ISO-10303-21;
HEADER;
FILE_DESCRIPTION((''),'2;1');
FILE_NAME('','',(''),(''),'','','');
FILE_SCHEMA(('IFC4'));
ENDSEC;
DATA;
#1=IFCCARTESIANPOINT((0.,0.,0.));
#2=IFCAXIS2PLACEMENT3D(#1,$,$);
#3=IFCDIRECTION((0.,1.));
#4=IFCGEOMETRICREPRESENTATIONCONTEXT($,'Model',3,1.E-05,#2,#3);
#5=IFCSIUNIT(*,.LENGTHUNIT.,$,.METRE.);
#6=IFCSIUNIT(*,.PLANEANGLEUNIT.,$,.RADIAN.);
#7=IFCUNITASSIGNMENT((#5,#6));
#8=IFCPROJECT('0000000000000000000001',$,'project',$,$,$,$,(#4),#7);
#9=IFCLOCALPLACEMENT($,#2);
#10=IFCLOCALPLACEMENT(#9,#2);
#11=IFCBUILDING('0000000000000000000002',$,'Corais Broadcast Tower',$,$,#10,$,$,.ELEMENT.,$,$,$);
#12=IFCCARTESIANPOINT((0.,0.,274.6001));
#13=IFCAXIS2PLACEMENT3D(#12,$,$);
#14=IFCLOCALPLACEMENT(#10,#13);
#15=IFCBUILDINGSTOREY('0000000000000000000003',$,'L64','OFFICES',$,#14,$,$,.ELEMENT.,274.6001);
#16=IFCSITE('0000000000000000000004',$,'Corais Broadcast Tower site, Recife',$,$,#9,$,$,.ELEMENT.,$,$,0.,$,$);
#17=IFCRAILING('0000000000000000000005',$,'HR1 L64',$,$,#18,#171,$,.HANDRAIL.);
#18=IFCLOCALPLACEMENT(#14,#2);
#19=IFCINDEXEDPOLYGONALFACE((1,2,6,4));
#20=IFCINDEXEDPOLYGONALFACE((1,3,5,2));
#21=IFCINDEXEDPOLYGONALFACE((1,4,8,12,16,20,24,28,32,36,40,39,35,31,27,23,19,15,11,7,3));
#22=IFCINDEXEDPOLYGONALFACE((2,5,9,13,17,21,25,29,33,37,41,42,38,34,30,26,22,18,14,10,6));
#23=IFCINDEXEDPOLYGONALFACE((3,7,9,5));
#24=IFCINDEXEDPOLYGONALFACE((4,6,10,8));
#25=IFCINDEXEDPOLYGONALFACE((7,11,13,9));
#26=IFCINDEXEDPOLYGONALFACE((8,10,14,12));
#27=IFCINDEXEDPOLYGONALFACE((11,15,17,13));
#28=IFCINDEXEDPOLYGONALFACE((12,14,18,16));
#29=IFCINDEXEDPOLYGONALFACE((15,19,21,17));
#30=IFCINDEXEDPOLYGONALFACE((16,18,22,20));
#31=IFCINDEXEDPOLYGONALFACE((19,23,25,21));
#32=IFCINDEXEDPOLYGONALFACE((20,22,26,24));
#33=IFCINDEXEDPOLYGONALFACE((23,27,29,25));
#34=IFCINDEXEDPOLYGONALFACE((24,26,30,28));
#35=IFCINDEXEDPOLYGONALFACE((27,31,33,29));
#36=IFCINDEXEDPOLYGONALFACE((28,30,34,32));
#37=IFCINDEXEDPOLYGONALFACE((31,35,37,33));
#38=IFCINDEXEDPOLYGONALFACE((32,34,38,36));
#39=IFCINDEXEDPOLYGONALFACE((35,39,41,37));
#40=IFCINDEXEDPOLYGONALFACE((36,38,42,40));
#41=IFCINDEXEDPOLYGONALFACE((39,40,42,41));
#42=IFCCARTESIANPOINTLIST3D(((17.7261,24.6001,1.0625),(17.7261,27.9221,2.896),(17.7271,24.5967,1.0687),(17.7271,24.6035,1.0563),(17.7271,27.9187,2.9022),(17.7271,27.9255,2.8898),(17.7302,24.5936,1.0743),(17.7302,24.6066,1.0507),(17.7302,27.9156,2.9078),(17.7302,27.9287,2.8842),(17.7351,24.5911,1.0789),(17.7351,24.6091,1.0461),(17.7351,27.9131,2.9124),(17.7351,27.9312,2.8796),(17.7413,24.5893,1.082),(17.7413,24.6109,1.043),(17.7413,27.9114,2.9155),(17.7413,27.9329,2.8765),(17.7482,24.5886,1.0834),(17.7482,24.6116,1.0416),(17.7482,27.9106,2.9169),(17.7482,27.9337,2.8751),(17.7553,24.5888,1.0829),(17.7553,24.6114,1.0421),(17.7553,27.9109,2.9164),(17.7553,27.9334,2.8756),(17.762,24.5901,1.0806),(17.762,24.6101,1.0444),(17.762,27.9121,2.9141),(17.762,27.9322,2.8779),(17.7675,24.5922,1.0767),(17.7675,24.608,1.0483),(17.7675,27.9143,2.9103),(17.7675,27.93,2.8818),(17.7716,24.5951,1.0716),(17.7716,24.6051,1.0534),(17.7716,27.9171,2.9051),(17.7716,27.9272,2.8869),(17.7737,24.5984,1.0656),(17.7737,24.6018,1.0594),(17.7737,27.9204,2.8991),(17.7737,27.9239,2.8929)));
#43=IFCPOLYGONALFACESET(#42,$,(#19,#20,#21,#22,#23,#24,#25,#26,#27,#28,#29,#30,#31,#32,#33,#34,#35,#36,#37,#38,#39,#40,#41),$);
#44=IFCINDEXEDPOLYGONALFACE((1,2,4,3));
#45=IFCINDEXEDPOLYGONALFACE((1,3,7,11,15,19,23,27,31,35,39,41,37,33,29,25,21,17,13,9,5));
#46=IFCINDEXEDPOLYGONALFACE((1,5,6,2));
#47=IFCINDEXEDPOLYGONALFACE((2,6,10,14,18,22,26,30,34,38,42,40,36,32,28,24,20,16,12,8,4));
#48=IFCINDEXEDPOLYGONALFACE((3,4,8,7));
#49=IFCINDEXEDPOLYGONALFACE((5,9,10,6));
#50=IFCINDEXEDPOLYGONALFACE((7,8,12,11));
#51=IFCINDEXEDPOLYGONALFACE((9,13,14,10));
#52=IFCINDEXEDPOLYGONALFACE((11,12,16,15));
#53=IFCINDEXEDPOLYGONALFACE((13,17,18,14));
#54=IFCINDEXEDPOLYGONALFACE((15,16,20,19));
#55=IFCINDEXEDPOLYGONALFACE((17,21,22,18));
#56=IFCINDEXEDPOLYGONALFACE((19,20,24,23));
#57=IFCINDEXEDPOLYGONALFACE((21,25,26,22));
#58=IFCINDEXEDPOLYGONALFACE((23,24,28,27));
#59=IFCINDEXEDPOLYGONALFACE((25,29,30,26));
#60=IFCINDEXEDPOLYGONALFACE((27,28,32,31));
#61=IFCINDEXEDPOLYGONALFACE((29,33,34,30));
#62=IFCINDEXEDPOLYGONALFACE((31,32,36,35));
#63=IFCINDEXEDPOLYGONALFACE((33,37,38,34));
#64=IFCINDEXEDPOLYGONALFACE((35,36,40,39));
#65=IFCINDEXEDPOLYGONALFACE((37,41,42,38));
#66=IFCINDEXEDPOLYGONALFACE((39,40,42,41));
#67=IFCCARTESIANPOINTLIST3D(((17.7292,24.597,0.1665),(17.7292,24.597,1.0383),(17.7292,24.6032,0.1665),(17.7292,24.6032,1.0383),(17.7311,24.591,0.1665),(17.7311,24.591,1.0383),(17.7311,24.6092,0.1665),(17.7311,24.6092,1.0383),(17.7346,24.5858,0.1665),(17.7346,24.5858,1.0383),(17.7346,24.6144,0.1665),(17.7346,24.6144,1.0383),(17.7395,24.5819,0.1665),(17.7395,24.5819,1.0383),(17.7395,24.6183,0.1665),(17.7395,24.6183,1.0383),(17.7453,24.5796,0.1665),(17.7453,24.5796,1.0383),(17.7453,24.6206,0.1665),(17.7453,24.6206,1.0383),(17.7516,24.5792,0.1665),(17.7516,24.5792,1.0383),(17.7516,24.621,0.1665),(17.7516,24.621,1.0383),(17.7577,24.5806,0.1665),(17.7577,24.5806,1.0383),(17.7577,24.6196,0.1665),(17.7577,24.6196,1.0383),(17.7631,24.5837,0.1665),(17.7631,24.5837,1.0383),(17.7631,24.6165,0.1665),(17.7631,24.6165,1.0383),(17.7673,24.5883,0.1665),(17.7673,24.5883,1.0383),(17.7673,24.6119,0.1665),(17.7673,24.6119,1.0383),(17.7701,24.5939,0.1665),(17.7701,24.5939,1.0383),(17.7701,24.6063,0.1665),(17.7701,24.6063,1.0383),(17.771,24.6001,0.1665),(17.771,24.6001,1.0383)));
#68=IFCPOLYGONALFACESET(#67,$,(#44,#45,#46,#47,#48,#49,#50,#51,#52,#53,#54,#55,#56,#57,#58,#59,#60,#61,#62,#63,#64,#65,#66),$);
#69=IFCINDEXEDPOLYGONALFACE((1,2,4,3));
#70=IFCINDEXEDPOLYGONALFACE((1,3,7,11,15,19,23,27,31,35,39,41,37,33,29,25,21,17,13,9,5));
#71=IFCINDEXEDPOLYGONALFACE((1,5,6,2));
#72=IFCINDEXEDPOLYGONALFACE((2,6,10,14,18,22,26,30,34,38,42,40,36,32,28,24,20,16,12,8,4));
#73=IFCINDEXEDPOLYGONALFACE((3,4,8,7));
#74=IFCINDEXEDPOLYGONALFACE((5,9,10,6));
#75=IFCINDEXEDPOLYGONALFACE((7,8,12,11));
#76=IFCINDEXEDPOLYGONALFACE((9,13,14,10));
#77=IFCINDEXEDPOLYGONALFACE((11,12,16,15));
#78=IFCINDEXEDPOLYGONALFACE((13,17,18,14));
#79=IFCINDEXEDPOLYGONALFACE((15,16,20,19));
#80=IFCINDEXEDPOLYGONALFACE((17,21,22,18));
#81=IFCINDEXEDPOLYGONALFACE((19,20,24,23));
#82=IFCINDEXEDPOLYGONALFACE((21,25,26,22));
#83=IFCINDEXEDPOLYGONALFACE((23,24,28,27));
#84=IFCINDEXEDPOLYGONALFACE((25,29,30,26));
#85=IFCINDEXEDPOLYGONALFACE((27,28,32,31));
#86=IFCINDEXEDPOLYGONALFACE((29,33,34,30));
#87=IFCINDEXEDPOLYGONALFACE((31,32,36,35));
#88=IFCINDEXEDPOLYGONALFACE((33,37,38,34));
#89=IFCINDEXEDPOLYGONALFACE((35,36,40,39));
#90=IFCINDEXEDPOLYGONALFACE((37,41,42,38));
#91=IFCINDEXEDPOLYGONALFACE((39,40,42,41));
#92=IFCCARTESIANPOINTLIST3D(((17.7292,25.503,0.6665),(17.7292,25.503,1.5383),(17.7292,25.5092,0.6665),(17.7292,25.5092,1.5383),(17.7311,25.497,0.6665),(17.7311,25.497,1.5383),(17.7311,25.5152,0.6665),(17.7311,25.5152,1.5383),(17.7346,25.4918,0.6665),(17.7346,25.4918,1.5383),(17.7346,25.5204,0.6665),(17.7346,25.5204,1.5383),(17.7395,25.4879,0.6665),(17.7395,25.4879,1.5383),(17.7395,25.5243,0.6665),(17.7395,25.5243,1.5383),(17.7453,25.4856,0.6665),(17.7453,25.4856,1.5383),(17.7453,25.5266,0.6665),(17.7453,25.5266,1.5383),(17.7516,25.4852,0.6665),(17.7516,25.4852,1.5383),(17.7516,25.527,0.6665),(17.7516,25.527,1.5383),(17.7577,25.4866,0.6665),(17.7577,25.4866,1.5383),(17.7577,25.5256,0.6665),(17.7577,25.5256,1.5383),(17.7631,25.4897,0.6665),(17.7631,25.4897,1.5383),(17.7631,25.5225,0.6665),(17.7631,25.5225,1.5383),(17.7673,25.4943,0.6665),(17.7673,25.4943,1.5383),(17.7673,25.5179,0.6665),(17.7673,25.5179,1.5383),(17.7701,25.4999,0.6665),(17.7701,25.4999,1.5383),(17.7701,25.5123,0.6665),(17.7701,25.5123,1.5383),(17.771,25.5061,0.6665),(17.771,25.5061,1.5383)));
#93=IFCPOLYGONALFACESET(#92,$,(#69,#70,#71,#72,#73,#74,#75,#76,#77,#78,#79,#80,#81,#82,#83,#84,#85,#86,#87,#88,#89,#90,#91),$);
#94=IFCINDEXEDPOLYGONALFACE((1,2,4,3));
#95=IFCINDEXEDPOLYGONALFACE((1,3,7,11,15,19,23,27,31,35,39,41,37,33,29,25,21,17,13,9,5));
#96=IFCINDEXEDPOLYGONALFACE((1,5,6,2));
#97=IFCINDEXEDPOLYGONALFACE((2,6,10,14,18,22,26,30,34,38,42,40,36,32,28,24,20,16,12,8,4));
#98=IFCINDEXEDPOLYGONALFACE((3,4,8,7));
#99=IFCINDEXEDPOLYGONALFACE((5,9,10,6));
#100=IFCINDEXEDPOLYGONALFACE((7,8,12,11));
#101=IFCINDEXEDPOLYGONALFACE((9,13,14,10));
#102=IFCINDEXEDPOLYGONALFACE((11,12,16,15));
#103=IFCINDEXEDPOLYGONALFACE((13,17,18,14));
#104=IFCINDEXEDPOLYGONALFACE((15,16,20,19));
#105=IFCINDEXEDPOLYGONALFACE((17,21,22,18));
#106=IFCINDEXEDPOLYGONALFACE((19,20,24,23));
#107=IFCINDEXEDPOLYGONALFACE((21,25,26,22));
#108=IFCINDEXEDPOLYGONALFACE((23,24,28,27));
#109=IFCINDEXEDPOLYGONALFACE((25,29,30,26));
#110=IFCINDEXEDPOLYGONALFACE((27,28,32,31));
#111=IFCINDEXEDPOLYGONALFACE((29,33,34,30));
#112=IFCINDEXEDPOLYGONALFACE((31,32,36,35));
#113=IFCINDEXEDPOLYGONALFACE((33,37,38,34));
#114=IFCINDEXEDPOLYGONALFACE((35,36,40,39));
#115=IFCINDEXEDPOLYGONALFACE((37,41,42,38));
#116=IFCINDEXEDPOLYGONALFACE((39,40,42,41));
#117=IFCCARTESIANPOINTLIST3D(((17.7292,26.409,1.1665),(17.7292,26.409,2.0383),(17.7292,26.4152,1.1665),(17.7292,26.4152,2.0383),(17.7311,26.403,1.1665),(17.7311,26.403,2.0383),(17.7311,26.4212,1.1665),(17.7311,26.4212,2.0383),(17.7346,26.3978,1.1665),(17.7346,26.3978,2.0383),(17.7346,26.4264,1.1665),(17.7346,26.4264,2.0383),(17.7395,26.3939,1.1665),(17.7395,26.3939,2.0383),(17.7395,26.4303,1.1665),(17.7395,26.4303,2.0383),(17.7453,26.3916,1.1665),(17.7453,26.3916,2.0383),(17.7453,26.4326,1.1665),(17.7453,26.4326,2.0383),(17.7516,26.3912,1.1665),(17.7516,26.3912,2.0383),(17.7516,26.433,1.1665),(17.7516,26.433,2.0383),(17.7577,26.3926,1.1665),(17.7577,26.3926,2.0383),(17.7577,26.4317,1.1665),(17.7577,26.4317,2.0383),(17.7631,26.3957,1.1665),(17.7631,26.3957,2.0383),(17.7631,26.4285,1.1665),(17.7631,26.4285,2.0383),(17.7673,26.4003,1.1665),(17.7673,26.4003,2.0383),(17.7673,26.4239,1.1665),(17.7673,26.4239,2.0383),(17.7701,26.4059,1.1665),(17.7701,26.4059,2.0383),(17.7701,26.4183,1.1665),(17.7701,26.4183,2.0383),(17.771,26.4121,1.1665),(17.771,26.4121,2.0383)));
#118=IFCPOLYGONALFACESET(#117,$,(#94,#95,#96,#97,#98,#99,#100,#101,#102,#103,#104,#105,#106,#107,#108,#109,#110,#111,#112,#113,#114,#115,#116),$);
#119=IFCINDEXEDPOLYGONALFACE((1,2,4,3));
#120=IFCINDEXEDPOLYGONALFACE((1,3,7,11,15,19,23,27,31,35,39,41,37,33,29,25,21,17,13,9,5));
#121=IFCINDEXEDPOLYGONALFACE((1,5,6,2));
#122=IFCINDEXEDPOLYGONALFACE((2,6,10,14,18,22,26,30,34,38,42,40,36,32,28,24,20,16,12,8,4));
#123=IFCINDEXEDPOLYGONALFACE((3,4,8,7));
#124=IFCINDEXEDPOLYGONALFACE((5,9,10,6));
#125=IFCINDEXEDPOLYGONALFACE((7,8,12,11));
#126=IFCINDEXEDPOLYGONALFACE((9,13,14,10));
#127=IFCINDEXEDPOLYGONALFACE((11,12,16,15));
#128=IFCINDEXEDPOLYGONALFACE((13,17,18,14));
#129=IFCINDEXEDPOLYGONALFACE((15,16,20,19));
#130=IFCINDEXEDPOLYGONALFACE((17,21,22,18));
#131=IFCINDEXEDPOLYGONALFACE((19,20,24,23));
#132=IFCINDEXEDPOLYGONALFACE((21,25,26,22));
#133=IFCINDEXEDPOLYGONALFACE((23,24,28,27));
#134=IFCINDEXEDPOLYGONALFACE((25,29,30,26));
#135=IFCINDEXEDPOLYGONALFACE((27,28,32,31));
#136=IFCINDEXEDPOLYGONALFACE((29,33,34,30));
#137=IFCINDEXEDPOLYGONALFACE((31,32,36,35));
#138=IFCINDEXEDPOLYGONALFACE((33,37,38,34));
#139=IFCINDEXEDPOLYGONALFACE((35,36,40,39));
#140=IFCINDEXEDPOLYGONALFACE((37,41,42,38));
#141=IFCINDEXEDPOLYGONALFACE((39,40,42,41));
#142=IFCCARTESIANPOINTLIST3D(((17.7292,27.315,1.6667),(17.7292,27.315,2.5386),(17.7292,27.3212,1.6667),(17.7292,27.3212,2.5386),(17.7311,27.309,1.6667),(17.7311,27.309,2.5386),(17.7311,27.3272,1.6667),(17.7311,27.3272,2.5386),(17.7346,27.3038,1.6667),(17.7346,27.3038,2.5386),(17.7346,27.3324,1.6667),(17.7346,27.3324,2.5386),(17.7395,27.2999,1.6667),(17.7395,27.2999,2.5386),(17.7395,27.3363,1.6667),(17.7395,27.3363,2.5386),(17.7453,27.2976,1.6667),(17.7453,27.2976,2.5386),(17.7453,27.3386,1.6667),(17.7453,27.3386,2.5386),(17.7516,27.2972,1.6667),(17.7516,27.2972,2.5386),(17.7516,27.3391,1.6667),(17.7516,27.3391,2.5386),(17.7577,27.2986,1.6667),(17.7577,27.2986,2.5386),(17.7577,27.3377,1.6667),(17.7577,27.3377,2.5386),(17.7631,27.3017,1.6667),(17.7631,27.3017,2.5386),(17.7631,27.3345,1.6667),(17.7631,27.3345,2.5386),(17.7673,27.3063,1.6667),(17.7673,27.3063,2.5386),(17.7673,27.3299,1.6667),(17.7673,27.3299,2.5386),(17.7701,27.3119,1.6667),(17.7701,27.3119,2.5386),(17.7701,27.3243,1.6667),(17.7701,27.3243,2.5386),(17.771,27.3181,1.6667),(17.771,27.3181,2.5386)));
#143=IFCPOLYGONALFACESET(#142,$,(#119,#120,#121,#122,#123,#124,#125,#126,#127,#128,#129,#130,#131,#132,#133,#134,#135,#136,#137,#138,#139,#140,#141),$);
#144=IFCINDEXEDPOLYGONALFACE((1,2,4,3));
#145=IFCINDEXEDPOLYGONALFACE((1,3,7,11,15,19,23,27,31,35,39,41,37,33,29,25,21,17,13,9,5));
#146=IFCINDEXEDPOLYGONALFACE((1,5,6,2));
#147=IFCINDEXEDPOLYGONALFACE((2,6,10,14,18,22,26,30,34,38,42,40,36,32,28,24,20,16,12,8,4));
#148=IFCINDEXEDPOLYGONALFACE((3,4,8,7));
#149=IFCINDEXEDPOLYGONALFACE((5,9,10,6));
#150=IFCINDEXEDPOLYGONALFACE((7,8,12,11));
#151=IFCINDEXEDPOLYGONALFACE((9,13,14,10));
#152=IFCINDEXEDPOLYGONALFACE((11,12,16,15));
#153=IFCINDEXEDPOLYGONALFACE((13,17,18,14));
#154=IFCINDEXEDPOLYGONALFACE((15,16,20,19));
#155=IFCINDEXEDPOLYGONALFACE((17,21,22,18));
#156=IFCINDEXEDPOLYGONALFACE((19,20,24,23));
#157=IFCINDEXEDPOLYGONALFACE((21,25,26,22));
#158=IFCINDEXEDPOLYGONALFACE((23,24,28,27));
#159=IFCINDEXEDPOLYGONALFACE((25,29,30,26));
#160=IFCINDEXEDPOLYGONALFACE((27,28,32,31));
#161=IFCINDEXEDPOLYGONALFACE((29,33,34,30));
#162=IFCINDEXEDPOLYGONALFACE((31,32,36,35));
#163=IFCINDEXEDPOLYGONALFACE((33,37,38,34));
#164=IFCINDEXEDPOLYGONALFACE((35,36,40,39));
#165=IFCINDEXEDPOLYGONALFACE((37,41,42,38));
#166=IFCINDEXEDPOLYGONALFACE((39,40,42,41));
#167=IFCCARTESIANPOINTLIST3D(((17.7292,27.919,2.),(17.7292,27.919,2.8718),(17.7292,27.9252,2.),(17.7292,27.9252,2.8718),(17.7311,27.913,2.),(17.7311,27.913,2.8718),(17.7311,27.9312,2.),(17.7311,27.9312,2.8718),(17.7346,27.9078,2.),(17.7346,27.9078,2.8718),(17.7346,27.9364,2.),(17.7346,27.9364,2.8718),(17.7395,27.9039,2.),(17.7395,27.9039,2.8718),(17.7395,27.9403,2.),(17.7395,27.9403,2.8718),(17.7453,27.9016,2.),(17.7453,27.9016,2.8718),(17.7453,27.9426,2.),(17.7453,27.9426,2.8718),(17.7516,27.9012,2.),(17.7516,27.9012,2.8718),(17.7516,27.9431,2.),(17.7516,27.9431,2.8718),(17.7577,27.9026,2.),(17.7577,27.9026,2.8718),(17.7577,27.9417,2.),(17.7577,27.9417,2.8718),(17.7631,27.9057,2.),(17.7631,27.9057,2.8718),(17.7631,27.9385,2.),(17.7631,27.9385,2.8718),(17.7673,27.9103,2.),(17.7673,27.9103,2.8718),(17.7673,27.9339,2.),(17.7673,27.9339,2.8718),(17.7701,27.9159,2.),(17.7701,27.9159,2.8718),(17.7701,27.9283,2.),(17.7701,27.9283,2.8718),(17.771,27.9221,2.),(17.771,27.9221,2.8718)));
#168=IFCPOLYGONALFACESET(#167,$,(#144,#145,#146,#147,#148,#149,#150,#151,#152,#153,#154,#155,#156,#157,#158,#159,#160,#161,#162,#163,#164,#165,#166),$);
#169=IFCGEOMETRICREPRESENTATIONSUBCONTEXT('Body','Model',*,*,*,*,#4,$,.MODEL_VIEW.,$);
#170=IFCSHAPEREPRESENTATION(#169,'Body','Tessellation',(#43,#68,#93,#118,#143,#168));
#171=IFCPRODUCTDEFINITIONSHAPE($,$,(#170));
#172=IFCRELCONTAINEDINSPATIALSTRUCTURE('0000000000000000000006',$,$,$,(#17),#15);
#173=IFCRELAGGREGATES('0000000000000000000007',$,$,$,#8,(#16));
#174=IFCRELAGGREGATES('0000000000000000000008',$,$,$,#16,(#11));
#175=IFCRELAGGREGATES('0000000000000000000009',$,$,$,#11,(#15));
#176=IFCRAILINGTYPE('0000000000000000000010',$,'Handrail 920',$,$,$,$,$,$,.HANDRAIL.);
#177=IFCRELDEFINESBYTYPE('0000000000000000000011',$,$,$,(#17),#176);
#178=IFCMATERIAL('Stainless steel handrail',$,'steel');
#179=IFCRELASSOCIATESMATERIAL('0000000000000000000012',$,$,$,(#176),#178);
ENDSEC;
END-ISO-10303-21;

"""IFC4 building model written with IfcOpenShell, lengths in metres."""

from ifc_helpers import new_model, si_unit, direction, frame, origin, origin_2d, place, context, subcontext, project, spatial, circle, extrude, material, type_object, element, save


model = new_model("IFC4")

# Units and contexts
model_context = context("Model", 3, precision=1e-05, world=origin(), true_north=direction((0.0, 1.0)))
body_context = subcontext(model_context, "Body", "Model", "MODEL_VIEW")
ifc_project = project(units=[si_unit("LENGTHUNIT", "METRE"), si_unit("PLANEANGLEUNIT", "RADIAN")], contexts=[model_context])

# Site, building, storey
site_placement = place(None, origin())
site = spatial("IfcSite", under=ifc_project, at=site_placement, Name="Corais Broadcast Tower site, Recife", CompositionType="ELEMENT", RefElevation=0.0)
building_placement = place(site_placement, origin())
building = spatial("IfcBuilding", under=site, at=building_placement, Name="Corais Broadcast Tower", CompositionType="ELEMENT")
storey_placement = place(building_placement, frame((0.0, 0.0, 274.6001)))
storey = spatial("IfcBuildingStorey", under=building, at=storey_placement, Name="L64", Description="OFFICES", CompositionType="ELEMENT", Elevation=274.6001)

# Railing
ifc_material_1 = material(Name="Stainless steel handrail", Category="steel")
railing_type = type_object("IfcRailingType", Name="Handrail 920", PredefinedType="HANDRAIL", material=ifc_material_1)
for number, where, name in (
    (1, (17.75, 24.6001, 0.1665), "HR1 L64"),
):
    element("IfcRailing", number, at=place(storey_placement, frame(where)), inside=storey, type_object=railing_type, Name=name, PredefinedType="HANDRAIL", context=body_context, shape_type="SweptSolid", body=[
        extrude(circle(Radius=0.0239, at=origin_2d()), frame((0.0, 0.0, 0.896), z_axis=(0.0, 0.875504, 0.48321), x_axis=(-1.0, 0.0, 0.0)), (0.0, 0.0, 1.0), 3.7944),
        extrude(circle(Radius=0.021, at=origin_2d()), origin(), (0.0, 0.0, 1.0), 0.8718),
        extrude(circle(Radius=0.021, at=origin_2d()), frame((0.0, 0.906, 0.5)), (0.0, 0.0, 1.0), 0.8718),
        extrude(circle(Radius=0.021, at=origin_2d()), frame((0.0, 1.812, 1.0)), (0.0, 0.0, 1.0), 0.8718),
        extrude(circle(Radius=0.021, at=origin_2d()), frame((0.0, 2.718, 1.5002)), (0.0, 0.0, 1.0), 0.8718),
        extrude(circle(Radius=0.021, at=origin_2d()), frame((0.0, 3.322, 1.8335)), (0.0, 0.0, 1.0), 0.8718),
    ])

save(model, "model.ifc")
